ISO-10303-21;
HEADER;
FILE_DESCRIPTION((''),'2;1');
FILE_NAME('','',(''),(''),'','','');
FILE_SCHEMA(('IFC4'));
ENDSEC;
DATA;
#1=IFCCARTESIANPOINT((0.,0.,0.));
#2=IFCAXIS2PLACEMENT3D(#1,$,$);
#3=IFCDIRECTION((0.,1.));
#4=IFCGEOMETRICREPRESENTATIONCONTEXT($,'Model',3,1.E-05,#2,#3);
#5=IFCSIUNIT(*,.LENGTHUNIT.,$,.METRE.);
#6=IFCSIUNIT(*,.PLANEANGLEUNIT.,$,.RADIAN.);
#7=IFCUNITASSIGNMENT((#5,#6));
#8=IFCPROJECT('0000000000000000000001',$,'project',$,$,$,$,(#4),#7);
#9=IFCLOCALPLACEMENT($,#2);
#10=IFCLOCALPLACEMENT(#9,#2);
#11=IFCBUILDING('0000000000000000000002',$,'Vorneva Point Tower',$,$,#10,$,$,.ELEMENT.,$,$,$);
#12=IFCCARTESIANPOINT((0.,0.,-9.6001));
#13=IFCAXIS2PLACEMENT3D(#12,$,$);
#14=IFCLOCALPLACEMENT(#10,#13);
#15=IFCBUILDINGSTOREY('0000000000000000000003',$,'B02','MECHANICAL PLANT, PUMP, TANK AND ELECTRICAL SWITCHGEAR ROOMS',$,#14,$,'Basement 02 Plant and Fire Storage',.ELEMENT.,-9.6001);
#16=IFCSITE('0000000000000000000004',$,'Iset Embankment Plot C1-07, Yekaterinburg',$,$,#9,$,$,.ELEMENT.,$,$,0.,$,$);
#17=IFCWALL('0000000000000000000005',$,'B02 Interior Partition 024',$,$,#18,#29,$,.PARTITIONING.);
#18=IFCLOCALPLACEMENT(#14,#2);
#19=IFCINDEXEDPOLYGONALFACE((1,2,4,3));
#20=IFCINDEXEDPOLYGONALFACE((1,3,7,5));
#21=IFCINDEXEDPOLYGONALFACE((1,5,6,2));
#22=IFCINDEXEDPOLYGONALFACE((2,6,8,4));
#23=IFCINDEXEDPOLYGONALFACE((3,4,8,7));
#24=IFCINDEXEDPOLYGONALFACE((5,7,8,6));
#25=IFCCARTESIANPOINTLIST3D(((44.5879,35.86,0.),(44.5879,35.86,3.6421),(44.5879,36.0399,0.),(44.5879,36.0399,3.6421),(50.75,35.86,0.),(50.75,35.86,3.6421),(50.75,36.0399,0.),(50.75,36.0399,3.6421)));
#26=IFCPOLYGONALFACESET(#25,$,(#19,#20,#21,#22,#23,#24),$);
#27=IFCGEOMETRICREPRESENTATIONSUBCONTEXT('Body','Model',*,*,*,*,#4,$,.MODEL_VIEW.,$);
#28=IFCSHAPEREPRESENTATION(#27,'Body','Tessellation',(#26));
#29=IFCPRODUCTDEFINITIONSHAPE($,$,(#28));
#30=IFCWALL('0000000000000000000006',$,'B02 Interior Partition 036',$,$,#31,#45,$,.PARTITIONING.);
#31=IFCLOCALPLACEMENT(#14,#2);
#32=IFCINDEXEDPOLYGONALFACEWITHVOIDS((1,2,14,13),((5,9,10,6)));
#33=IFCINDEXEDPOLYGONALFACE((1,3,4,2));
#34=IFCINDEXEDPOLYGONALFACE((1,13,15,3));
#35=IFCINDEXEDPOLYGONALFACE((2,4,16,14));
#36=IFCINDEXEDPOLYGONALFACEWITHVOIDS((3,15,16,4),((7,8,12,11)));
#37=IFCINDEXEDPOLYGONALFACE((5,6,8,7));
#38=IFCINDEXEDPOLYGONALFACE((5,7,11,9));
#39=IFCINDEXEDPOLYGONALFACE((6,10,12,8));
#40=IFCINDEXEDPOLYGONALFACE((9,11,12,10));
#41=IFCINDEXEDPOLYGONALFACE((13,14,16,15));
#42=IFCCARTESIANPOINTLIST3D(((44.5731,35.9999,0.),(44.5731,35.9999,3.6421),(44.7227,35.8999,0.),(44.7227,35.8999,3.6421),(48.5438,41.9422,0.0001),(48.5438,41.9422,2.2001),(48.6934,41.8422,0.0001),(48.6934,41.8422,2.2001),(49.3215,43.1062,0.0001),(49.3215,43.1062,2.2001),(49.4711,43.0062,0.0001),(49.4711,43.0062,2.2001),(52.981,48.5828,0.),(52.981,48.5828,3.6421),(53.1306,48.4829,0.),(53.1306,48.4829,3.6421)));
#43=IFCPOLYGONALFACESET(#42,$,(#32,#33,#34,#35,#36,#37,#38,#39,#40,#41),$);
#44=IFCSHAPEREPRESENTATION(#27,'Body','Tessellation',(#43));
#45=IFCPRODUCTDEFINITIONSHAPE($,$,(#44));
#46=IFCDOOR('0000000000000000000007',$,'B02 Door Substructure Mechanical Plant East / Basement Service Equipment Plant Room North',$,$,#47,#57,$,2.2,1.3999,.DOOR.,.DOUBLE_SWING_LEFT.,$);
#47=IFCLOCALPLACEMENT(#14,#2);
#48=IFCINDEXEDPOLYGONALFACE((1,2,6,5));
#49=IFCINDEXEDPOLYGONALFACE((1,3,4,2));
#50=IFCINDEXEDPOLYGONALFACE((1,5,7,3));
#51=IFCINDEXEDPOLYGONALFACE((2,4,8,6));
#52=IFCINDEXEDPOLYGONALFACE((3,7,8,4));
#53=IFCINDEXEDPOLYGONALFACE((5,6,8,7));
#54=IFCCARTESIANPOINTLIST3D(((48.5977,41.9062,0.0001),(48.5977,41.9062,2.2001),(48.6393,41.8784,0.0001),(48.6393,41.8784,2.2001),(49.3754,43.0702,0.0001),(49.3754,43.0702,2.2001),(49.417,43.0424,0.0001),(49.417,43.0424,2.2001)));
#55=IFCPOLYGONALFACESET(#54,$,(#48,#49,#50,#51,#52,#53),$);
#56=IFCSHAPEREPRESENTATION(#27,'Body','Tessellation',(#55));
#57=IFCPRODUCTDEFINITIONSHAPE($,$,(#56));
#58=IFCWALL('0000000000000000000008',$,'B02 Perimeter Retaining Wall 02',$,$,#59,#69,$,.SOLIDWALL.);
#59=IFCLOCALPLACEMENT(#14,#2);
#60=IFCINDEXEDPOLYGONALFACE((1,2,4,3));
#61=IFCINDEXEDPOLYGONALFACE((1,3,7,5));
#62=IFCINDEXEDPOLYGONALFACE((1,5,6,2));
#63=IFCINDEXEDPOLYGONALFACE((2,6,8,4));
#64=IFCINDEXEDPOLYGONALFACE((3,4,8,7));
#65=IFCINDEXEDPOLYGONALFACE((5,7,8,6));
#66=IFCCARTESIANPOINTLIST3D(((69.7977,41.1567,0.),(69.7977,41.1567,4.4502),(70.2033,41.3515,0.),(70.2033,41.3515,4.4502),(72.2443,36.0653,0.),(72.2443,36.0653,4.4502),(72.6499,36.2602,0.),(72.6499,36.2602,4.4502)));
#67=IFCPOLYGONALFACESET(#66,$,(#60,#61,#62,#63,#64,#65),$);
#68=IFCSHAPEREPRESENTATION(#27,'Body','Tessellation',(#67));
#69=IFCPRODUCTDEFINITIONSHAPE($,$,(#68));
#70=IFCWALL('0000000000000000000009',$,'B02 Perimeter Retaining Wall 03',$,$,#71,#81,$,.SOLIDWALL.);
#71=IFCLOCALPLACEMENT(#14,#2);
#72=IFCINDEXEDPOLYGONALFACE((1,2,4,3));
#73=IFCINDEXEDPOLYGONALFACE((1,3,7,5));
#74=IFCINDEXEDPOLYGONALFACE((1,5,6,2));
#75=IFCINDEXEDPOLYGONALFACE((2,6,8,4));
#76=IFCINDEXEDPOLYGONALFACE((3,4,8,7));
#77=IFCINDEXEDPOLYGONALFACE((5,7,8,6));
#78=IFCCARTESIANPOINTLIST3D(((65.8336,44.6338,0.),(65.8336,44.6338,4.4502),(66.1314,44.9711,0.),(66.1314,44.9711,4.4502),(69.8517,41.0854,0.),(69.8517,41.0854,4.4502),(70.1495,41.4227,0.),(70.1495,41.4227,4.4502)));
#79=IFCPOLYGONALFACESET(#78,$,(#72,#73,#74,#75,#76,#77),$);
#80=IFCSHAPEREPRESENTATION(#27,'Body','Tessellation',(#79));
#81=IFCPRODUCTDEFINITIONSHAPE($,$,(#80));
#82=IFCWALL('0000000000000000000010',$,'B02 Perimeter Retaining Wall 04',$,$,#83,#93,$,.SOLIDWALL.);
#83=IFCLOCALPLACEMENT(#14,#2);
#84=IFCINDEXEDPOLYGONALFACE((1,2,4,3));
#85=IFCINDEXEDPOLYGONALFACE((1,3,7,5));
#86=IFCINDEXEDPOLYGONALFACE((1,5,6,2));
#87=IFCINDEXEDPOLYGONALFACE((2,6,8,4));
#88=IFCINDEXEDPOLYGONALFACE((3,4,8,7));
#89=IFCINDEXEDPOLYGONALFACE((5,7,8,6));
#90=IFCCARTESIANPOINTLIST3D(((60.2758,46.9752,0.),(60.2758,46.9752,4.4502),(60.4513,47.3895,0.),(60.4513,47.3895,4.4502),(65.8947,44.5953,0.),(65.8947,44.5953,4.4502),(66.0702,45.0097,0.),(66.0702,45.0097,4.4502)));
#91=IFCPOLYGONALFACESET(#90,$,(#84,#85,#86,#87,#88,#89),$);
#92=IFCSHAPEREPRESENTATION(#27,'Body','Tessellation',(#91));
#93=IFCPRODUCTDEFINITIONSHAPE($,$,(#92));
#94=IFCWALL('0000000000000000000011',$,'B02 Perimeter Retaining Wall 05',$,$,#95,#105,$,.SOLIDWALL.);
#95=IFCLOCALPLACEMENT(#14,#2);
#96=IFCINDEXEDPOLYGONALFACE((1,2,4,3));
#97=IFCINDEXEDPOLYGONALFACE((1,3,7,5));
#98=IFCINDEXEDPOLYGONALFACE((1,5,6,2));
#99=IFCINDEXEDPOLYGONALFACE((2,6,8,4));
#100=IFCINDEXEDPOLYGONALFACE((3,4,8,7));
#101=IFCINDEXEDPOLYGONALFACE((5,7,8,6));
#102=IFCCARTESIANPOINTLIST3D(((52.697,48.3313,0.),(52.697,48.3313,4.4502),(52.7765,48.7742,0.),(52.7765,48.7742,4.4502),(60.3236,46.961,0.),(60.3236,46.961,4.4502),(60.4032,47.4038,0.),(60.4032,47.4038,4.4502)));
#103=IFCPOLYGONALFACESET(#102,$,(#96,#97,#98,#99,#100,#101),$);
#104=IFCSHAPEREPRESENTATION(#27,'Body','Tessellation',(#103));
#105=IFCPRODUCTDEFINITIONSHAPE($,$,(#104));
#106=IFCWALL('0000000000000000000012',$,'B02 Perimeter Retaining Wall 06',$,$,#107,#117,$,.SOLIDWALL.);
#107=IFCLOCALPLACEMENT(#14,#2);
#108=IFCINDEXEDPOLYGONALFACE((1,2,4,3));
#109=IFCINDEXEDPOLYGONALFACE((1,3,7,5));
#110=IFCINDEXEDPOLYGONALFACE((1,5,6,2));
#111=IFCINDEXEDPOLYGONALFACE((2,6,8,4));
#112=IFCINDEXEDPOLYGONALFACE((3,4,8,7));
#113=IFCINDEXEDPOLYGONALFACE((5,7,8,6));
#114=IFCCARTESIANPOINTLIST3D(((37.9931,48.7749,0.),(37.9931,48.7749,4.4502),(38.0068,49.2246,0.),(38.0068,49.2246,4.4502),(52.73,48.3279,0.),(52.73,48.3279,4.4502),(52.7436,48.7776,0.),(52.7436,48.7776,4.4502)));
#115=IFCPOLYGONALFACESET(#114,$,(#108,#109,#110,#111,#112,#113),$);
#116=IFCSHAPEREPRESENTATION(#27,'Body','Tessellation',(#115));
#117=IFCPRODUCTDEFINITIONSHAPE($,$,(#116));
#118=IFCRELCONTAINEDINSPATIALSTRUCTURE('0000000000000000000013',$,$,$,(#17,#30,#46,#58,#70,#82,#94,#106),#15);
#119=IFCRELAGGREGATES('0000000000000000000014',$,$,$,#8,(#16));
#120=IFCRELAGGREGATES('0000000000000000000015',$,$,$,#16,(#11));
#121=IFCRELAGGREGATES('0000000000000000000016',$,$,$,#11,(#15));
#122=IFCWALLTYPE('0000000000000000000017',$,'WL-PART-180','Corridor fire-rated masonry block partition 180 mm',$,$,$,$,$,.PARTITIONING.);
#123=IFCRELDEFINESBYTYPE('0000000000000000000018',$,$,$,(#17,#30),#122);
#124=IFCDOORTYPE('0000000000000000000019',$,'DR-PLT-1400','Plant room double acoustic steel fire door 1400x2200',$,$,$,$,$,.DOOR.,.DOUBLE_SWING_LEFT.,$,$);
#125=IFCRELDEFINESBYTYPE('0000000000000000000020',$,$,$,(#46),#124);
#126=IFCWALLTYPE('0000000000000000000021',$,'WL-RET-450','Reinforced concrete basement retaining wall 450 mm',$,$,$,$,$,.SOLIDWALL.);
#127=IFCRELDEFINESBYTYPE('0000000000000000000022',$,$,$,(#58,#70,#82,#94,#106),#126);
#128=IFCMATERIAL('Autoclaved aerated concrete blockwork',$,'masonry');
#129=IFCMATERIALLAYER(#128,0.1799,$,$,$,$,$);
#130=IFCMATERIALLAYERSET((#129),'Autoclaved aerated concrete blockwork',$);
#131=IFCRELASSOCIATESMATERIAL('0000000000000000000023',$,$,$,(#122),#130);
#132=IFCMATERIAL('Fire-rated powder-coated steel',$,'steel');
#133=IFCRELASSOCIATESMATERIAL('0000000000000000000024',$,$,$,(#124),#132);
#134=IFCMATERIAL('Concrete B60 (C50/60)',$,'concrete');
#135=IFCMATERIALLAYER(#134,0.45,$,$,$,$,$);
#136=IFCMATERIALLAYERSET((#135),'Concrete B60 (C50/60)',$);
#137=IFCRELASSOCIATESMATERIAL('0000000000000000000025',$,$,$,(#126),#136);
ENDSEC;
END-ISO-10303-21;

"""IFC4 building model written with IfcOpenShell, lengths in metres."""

from ifc_helpers import new_model, si_unit, direction, frame, frame_2d, origin, place, context, subcontext, project, spatial, rectangle, extrude, material, layer, layer_set, type_object, element, fill, save


model = new_model("IFC4")

# Units and contexts
model_context = context("Model", 3, precision=1e-05, world=origin(), true_north=direction((0.0, 1.0)))
body_context = subcontext(model_context, "Body", "Model", "MODEL_VIEW")
ifc_project = project(units=[si_unit("LENGTHUNIT", "METRE"), si_unit("PLANEANGLEUNIT", "RADIAN")], contexts=[model_context])

# Site, building, storey
site_placement = place(None, origin())
site = spatial("IfcSite", under=ifc_project, at=site_placement, Name="Iset Embankment Plot C1-07, Yekaterinburg", CompositionType="ELEMENT", RefElevation=0.0)
building_placement = place(site_placement, origin())
building = spatial("IfcBuilding", under=site, at=building_placement, Name="Vorneva Point Tower", CompositionType="ELEMENT")
storey_placement = place(building_placement, frame((0.0, 0.0, -9.6001)))
storey = spatial("IfcBuildingStorey", under=building, at=storey_placement, Name="B02", Description="MECHANICAL PLANT, PUMP, TANK AND ELECTRICAL SWITCHGEAR ROOMS", LongName="Basement 02 Plant and Fire Storage", CompositionType="ELEMENT", Elevation=-9.6001)

# Shared definitions
ifc_material_1 = material(Name="Concrete B60 (C50/60)", Category="concrete")

# Wall
ifc_material_2 = material(Name="Autoclaved aerated concrete blockwork", Category="masonry")
ifc_layer_1 = layer(ifc_material_2, 0.1799)
ifc_layer_set_1 = layer_set([ifc_layer_1], Name="Autoclaved aerated concrete blockwork")
wall_type_1 = type_object("IfcWallType", Name="WL-PART-180", Description="Corridor fire-rated masonry block partition 180 mm", PredefinedType="PARTITIONING", material=ifc_layer_set_1)
wall_1_placement = place(storey_placement, frame((50.75, 35.95, 0.0), z_axis=(0.0, 0.0, 1.0), x_axis=(-1.0, 0.0, 0.0)))
element("IfcWall", 1, at=wall_1_placement, inside=storey, type_object=wall_type_1, Name="B02 Interior Partition 024", PredefinedType="PARTITIONING", context=body_context, shape_type="SweptSolid", body=[
    extrude(rectangle(XDim=6.1621, YDim=0.1799, at=frame_2d((3.0811, 0.0))), origin(), (0.0, 0.0, 1.0), 3.6421),
])

# Wall, opening, door
wall_2_placement = place(storey_placement, frame((53.0559, 48.533, 0.0), z_axis=(0.0, 0.0, 1.0), x_axis=(-0.555582, -0.831462, 0.0)))
wall_2 = element("IfcWall", 2, at=wall_2_placement, inside=storey, type_object=wall_type_1, Name="B02 Interior Partition 036", PredefinedType="PARTITIONING", context=body_context, shape_type="SweptSolid", body=[
    extrude(rectangle(XDim=15.1335, YDim=0.1799, at=frame_2d((7.5669, 0.0))), origin(), (0.0, 0.0, 1.0), 3.6421),
])
opening_placement = place(wall_2_placement, frame((6.5869, 0.0, 0.0)))
opening = element("IfcOpeningElement", 3, at=opening_placement, cuts=wall_2, PredefinedType="OPENING", context=body_context, shape_type="SweptSolid", body=[
    extrude(rectangle(XDim=1.3999, YDim=2.2, at=frame_2d((0.7, 1.1001))), frame((0.0, 0.105, 0.0), z_axis=(0.0, -1.0, 0.0), x_axis=(1.0, 0.0, 0.0)), (0.0, 0.0, 1.0), 0.2097),
])
ifc_material_3 = material(Name="Fire-rated powder-coated steel", Category="steel")
door_type = type_object("IfcDoorType", Name="DR-PLT-1400", Description="Plant room double acoustic steel fire door 1400x2200", OperationType="DOUBLE_SWING_LEFT", PredefinedType="DOOR", material=ifc_material_3)
door_placement = place(opening_placement, origin())
door = element("IfcDoor", 4, at=door_placement, inside=storey, type_object=door_type, Name="B02 Door Substructure Mechanical Plant East / Basement Service Equipment Plant Room North", OperationType="DOUBLE_SWING_LEFT", OverallHeight=2.2, OverallWidth=1.3999, PredefinedType="DOOR", context=body_context, shape_type="SweptSolid", body=[
    extrude(rectangle(XDim=1.3999, YDim=2.2, at=frame_2d((0.7, 1.1001))), frame((0.0, 0.0249, 0.0), z_axis=(0.0, -1.0, 0.0), x_axis=(1.0, 0.0, 0.0)), (0.0, 0.0, 1.0), 0.05),
])
fill(opening, door)

# Walls
ifc_layer_2 = layer(ifc_material_1, 0.45)
ifc_layer_set_2 = layer_set([ifc_layer_2], Name="Concrete B60 (C50/60)")
wall_type_2 = type_object("IfcWallType", Name="WL-RET-450", Description="Reinforced concrete basement retaining wall 450 mm", PredefinedType="SOLIDWALL", material=ifc_layer_set_2)
wall_3_placement = place(storey_placement, frame((72.447, 36.1628, 0.0), z_axis=(0.0, 0.0, 1.0), x_axis=(-0.43312, 0.901336, 0.0)))
element("IfcWall", 5, at=wall_3_placement, inside=storey, type_object=wall_type_2, Name="B02 Perimeter Retaining Wall 02", PredefinedType="SOLIDWALL", context=body_context, shape_type="SweptSolid", body=[
    extrude(rectangle(XDim=5.6487, YDim=0.45, at=frame_2d((2.8242, 0.0))), origin(), (0.0, 0.0, 1.0), 4.4502),
])
wall_4_placement = place(storey_placement, frame((70.0005, 41.2542, 0.0), z_axis=(0.0, 0.0, 1.0), x_axis=(-0.749561, 0.661935, 0.0)))
element("IfcWall", 6, at=wall_4_placement, inside=storey, type_object=wall_type_2, Name="B02 Perimeter Retaining Wall 03", PredefinedType="SOLIDWALL", context=body_context, shape_type="SweptSolid", body=[
    extrude(rectangle(XDim=5.3606, YDim=0.45, at=frame_2d((2.6802, 0.0))), origin(), (0.0, 0.0, 1.0), 4.4502),
])
wall_5_placement = place(storey_placement, frame((65.9824, 44.8025, 0.0), z_axis=(0.0, 0.0, 1.0), x_axis=(-0.920811, 0.390009, 0.0)))
element("IfcWall", 7, at=wall_5_placement, inside=storey, type_object=wall_type_2, Name="B02 Perimeter Retaining Wall 04", PredefinedType="SOLIDWALL", context=body_context, shape_type="SweptSolid", body=[
    extrude(rectangle(XDim=6.1021, YDim=0.45, at=frame_2d((3.051, 0.0))), origin(), (0.0, 0.0, 1.0), 4.4502),
])
wall_6_placement = place(storey_placement, frame((60.3635, 47.1824, 0.0), z_axis=(0.0, 0.0, 1.0), x_axis=(-0.984238, 0.176847, 0.0)))
element("IfcWall", 8, at=wall_6_placement, inside=storey, type_object=wall_type_2, Name="B02 Perimeter Retaining Wall 05", PredefinedType="SOLIDWALL", context=body_context, shape_type="SweptSolid", body=[
    extrude(rectangle(XDim=7.7488, YDim=0.45, at=frame_2d((3.8745, 0.0))), origin(), (0.0, 0.0, 1.0), 4.4502),
])
wall_7_placement = place(storey_placement, frame((52.7368, 48.5527, 0.0), z_axis=(0.0, 0.0, 1.0), x_axis=(-0.99954, 0.03032, 0.0)))
element("IfcWall", 9, at=wall_7_placement, inside=storey, type_object=wall_type_2, Name="B02 Perimeter Retaining Wall 06", PredefinedType="SOLIDWALL", context=body_context, shape_type="SweptSolid", body=[
    extrude(rectangle(XDim=14.7437, YDim=0.45, at=frame_2d((7.3718, 0.0))), origin(), (0.0, 0.0, 1.0), 4.4502),
])

save(model, "model.ifc")
